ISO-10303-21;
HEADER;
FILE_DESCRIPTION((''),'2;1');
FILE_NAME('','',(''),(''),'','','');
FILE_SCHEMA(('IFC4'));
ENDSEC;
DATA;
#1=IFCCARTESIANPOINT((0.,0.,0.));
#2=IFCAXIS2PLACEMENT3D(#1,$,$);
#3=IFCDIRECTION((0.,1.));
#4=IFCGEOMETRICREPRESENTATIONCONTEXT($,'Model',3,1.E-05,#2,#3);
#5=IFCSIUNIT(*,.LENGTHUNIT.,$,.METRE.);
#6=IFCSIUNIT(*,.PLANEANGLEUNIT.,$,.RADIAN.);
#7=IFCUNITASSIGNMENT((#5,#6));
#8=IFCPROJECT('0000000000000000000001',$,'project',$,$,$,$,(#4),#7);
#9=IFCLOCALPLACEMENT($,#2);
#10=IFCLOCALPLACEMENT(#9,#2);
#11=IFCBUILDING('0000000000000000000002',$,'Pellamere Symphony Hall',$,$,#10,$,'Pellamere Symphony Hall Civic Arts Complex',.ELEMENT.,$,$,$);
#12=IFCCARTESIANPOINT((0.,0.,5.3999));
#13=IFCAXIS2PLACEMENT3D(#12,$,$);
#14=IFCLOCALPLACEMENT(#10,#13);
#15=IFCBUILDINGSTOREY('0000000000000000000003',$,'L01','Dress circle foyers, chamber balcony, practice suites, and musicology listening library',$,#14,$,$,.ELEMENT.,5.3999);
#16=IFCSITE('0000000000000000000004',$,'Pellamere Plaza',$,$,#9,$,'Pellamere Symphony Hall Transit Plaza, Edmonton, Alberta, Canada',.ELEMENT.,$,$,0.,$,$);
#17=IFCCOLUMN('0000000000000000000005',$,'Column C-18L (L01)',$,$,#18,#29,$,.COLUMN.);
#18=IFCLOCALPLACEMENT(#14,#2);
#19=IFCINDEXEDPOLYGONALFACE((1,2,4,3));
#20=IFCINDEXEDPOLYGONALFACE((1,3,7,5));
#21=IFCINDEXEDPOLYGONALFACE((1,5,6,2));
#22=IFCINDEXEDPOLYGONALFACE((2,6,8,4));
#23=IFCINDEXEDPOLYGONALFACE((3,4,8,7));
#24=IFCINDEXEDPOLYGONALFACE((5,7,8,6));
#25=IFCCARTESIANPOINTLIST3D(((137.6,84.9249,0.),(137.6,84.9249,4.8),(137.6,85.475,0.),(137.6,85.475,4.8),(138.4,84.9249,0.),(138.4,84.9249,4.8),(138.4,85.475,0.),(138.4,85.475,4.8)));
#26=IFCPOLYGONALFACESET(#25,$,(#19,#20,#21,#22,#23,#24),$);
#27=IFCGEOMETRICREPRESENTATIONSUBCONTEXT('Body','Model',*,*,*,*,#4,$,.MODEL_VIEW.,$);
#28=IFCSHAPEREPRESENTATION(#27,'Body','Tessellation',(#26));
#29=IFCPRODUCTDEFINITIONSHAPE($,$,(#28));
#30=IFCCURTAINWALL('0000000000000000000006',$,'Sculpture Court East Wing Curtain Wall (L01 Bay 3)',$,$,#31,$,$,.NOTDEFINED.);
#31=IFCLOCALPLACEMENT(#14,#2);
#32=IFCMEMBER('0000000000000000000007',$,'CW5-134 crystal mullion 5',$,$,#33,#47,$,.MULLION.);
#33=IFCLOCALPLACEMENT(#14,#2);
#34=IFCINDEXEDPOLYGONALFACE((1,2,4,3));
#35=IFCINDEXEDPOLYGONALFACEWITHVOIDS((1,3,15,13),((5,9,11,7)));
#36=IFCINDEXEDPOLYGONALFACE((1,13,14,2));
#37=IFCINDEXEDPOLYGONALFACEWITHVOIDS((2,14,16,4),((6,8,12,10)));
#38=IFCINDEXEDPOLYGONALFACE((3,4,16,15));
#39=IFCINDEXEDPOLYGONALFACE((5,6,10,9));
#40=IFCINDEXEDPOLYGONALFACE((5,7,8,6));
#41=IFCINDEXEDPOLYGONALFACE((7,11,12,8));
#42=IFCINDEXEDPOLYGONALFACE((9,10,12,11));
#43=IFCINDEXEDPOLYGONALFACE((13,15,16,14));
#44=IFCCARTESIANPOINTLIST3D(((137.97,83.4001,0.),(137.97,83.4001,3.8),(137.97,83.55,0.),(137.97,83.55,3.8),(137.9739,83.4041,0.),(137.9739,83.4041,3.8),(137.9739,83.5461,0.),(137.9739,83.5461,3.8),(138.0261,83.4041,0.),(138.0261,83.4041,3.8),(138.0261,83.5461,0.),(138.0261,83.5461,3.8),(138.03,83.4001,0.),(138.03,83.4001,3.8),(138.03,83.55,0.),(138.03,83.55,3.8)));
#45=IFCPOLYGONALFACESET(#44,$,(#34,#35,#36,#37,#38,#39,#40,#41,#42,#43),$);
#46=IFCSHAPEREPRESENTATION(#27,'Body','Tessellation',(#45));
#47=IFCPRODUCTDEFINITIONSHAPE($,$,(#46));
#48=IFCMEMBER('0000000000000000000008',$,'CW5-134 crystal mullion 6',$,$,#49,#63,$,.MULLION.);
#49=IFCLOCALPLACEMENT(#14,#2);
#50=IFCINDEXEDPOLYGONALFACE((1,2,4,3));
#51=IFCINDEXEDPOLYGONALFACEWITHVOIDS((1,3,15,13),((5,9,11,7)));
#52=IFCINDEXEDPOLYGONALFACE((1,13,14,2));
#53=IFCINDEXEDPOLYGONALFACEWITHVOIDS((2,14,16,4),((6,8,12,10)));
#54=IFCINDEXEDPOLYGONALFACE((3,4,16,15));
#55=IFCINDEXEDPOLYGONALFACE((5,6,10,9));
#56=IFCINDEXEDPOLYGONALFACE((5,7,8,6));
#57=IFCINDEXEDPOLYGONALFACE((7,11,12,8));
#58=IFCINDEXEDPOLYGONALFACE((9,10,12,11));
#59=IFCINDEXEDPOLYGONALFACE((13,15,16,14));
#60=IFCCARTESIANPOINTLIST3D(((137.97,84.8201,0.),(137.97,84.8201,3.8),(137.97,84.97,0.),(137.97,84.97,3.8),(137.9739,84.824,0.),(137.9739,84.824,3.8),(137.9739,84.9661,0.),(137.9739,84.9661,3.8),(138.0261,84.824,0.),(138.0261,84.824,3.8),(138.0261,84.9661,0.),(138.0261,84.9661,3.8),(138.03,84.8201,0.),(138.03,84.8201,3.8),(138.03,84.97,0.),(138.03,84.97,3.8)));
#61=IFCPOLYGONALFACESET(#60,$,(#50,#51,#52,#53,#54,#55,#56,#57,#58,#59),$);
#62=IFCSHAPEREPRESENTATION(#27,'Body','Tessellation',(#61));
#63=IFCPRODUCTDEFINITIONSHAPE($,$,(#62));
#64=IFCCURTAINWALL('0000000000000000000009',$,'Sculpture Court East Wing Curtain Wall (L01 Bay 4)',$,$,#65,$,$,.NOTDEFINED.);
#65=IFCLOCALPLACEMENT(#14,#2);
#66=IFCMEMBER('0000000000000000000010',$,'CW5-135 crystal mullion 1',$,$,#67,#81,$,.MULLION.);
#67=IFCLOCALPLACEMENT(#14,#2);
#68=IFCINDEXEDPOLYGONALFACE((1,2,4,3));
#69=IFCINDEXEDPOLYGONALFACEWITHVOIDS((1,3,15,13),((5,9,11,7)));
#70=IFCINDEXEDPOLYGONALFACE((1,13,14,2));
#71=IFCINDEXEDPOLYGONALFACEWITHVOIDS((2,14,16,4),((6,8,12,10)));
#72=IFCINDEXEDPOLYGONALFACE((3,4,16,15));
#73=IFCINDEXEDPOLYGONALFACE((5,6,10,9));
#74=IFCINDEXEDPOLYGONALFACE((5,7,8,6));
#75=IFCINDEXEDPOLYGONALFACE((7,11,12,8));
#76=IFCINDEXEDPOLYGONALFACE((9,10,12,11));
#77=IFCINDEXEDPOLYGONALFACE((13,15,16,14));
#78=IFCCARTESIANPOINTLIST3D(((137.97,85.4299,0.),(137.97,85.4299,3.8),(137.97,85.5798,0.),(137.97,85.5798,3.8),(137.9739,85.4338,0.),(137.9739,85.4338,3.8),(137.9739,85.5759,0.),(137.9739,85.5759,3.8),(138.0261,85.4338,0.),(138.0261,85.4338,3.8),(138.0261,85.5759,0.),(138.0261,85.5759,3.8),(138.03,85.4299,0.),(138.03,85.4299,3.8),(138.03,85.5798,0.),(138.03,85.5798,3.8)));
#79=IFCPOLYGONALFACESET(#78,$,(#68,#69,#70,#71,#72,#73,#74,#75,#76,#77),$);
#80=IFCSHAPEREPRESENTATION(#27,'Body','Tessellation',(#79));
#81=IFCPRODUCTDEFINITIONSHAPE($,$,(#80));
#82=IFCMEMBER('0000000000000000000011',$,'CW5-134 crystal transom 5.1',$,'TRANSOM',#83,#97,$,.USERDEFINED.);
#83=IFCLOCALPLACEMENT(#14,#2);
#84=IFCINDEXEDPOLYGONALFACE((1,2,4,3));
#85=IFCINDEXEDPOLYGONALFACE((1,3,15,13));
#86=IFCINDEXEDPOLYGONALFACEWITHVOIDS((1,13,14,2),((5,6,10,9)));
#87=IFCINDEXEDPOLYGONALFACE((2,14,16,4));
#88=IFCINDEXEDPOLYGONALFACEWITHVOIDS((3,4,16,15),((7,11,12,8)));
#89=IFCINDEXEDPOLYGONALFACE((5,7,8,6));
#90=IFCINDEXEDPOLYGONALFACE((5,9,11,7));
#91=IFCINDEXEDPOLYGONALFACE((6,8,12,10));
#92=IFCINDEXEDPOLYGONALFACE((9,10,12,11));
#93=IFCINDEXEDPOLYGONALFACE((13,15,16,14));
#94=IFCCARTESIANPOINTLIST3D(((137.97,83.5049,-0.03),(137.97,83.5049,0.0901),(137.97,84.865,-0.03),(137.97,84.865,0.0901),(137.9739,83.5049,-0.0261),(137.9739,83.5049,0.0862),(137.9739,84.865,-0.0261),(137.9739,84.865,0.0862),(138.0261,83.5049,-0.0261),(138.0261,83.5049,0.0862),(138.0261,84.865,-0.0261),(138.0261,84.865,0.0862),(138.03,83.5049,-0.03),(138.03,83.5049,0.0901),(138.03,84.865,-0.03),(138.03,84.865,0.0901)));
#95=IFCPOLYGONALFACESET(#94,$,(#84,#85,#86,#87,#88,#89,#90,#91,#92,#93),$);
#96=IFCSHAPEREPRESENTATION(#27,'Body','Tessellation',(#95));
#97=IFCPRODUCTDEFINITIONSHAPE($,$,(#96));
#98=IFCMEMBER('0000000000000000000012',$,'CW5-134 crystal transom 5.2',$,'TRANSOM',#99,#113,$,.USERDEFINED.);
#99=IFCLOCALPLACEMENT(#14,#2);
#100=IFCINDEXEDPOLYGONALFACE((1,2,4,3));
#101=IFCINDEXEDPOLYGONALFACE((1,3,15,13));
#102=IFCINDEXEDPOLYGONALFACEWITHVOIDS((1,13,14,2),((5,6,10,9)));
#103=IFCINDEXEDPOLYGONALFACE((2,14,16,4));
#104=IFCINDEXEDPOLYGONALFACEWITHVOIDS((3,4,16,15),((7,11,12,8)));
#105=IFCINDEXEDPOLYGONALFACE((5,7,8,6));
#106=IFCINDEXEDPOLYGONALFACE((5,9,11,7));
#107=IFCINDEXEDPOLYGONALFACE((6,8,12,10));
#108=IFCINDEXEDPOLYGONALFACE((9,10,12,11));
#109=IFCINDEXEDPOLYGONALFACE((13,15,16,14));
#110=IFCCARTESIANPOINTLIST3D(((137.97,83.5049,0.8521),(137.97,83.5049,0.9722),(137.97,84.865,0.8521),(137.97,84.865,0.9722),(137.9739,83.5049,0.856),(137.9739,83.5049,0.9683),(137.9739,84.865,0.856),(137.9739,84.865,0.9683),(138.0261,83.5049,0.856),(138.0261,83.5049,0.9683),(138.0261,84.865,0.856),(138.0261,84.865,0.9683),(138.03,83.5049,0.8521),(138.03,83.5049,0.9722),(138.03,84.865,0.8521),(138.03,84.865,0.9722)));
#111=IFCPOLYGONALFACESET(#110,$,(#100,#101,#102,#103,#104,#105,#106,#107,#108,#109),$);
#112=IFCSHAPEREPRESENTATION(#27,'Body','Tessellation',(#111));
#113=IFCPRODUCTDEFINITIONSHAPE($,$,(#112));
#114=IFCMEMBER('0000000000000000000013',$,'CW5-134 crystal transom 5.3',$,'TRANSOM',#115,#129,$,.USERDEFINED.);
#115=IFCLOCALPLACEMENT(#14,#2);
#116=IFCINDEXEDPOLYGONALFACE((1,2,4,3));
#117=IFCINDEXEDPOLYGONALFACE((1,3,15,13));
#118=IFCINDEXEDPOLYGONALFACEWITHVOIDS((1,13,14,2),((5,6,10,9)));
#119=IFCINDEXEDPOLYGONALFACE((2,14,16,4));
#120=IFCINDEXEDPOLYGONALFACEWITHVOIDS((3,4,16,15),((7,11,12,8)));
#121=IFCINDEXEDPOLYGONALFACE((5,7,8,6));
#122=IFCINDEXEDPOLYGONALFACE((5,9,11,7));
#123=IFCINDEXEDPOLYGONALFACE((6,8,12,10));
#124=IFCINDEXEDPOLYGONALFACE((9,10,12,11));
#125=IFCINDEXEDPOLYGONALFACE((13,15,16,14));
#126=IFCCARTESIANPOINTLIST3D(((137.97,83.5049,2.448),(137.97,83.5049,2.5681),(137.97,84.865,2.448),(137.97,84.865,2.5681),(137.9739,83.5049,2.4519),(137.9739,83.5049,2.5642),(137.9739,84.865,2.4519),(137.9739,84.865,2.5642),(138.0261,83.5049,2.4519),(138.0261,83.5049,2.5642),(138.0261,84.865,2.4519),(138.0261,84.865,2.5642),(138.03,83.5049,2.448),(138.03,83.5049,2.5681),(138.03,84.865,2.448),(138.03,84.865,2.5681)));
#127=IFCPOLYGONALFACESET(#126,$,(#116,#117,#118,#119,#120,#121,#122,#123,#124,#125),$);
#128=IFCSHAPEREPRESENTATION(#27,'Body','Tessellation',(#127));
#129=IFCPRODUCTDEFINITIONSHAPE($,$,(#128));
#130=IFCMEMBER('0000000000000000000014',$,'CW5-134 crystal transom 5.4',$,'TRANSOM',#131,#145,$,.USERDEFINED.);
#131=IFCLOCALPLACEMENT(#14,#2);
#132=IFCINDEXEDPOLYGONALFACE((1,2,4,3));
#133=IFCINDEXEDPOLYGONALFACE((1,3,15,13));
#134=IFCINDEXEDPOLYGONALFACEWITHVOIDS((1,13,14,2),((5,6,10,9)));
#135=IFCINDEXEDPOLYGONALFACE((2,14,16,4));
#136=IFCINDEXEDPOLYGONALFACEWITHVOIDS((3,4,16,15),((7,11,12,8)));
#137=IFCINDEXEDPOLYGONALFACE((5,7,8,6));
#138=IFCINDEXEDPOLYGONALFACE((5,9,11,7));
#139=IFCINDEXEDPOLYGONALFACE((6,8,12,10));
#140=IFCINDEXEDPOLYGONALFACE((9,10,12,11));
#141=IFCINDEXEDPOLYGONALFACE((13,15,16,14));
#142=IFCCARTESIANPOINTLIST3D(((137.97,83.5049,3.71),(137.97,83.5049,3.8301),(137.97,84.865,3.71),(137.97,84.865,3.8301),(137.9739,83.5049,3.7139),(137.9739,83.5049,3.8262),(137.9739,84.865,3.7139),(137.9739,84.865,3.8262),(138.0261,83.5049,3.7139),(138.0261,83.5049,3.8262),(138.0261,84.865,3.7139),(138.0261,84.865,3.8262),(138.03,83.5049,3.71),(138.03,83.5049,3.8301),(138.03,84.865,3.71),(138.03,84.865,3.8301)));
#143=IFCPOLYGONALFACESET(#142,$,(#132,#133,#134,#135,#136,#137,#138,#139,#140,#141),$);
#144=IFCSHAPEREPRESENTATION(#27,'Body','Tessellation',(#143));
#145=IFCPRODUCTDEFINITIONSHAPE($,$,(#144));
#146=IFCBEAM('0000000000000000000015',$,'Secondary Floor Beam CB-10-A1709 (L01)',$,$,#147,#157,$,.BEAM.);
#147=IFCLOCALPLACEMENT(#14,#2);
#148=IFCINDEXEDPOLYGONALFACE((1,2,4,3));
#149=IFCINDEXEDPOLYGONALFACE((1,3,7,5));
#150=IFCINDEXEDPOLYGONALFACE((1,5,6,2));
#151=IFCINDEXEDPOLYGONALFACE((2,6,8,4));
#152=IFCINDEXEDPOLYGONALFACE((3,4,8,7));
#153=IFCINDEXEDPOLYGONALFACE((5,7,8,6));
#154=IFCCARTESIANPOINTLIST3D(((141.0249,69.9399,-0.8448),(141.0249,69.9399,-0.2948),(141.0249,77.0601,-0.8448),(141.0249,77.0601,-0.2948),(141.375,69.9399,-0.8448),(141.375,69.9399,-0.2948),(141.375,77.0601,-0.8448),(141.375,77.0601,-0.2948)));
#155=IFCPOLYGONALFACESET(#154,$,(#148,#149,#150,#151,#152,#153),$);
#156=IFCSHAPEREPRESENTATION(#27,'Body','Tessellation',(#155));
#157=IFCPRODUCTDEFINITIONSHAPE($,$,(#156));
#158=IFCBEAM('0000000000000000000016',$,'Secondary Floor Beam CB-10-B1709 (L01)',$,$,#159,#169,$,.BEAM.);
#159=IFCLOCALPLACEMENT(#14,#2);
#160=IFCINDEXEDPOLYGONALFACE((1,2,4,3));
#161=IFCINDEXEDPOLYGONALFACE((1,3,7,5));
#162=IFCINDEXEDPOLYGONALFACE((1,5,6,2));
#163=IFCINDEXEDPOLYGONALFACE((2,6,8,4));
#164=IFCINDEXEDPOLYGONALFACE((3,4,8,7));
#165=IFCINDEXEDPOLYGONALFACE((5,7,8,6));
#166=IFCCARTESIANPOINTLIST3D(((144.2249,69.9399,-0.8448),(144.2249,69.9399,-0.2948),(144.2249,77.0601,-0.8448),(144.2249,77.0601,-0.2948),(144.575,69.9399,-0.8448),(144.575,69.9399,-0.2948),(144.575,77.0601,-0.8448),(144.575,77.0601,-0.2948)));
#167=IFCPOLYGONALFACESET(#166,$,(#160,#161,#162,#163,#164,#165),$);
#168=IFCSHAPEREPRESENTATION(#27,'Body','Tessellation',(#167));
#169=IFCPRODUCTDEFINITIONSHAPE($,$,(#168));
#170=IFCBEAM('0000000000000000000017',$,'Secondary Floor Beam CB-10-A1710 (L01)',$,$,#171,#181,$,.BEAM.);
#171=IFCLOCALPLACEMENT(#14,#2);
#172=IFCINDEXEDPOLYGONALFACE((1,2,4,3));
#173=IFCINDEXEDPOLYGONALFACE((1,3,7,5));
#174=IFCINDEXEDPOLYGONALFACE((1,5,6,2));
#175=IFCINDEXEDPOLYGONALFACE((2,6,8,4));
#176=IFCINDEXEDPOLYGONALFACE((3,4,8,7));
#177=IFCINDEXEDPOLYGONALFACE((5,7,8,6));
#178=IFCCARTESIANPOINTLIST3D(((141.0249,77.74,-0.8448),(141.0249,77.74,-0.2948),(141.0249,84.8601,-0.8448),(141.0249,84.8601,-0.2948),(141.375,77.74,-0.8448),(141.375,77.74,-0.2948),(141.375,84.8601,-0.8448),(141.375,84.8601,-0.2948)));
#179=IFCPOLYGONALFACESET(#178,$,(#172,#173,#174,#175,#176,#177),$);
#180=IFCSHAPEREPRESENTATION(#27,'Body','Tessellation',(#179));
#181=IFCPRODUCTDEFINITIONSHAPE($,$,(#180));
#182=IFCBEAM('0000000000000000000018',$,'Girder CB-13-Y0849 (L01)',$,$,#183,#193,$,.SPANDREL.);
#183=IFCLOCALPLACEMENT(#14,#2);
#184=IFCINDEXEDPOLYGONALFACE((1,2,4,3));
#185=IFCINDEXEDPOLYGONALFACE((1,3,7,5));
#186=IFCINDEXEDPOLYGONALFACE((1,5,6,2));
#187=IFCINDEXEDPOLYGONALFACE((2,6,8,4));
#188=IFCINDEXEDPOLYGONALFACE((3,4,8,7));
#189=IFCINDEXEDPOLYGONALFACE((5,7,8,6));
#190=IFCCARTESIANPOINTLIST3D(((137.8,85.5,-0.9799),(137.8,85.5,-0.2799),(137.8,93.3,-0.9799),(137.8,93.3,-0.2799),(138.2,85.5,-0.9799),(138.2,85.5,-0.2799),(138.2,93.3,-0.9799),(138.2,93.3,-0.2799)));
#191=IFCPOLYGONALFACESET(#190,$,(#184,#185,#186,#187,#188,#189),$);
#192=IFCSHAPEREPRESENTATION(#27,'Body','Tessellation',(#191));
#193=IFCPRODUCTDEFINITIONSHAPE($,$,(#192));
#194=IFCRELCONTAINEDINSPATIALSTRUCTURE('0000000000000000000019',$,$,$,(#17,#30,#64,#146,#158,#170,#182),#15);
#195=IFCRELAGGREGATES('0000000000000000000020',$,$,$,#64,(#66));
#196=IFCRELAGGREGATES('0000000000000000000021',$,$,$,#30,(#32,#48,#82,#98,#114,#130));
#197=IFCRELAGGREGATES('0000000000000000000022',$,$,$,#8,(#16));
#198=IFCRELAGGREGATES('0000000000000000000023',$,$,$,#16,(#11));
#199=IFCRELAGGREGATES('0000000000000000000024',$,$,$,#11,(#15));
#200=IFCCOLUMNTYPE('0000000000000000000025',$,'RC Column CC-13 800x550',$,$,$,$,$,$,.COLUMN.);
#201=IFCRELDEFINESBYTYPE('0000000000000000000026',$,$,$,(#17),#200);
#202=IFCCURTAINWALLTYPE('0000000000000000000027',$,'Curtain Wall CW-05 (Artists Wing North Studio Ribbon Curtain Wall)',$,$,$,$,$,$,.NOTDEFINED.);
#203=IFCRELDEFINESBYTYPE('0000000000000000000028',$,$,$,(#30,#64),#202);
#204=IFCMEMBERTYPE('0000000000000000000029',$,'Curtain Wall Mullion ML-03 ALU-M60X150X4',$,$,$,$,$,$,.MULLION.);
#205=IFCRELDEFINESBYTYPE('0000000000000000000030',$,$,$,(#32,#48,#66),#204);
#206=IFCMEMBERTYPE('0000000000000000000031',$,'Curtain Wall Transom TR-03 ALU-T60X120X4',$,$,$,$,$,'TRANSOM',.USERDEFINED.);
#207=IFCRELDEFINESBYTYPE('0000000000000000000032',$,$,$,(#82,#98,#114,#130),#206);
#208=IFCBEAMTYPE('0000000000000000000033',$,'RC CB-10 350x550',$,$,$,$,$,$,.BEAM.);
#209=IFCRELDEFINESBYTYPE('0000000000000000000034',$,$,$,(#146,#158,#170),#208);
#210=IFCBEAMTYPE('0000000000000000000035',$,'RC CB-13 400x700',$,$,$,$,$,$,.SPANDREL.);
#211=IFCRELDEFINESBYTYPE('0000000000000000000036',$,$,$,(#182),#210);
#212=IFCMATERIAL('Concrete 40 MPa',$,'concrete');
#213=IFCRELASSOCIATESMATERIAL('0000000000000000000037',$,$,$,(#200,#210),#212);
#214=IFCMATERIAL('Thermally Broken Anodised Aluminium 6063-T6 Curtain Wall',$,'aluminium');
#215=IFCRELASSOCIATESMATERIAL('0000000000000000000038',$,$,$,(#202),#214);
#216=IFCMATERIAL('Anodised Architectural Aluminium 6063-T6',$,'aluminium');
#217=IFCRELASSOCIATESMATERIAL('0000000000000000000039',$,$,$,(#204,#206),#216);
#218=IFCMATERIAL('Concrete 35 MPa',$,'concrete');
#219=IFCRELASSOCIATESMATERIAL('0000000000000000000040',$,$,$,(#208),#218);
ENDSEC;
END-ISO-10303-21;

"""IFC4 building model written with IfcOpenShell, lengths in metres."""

from ifc_helpers import new_model, si_unit, direction, frame, origin, origin_2d, place, context, subcontext, project, spatial, rectangle, hollow_rectangle, extrude, material, material_profile, profile_set, type_object, element, aggregate, save


model = new_model("IFC4")

# Units and contexts
model_context = context("Model", 3, precision=1e-05, world=origin(), true_north=direction((0.0, 1.0)))
body_context = subcontext(model_context, "Body", "Model", "MODEL_VIEW")
ifc_project = project(units=[si_unit("LENGTHUNIT", "METRE"), si_unit("PLANEANGLEUNIT", "RADIAN")], contexts=[model_context])

# Site, building, storey
site_placement = place(None, origin())
site = spatial("IfcSite", under=ifc_project, at=site_placement, Name="Pellamere Plaza", LongName="Pellamere Symphony Hall Transit Plaza, Edmonton, Alberta, Canada", CompositionType="ELEMENT", RefElevation=0.0)
building_placement = place(site_placement, origin())
building = spatial("IfcBuilding", under=site, at=building_placement, Name="Pellamere Symphony Hall", LongName="Pellamere Symphony Hall Civic Arts Complex", CompositionType="ELEMENT")
storey_placement = place(building_placement, frame((0.0, 0.0, 5.3999)))
storey = spatial("IfcBuildingStorey", under=building, at=storey_placement, Name="L01", Description="Dress circle foyers, chamber balcony, practice suites, and musicology listening library", CompositionType="ELEMENT", Elevation=5.3999)

# Column
ifc_material_1 = material(Name="Concrete 40 MPa", Category="concrete")
ifc_material_profile_1 = material_profile(ifc_material_1, rectangle(XDim=0.8, YDim=0.55, at=origin_2d()), Name="RC 800x550")
ifc_profile_set_1 = profile_set([ifc_material_profile_1], Name="Concrete 40 MPa")
column_type = type_object("IfcColumnType", Name="RC Column CC-13 800x550", PredefinedType="COLUMN", material=ifc_profile_set_1)
column_placement = place(storey_placement, frame((138.0, 85.2, 0.0), z_axis=(0.0, 0.0, 1.0), x_axis=(1.0, 0.0, 0.0)))
element("IfcColumn", 1, at=column_placement, inside=storey, type_object=column_type, Name="Column C-18L (L01)", PredefinedType="COLUMN", context=body_context, shape_type="SweptSolid", body=[
    extrude(rectangle(XDim=0.8, YDim=0.55, at=origin_2d()), origin(), (0.0, 0.0, 1.0), 4.8),
])

# Curtain wall, members
ifc_material_2 = material(Name="Thermally Broken Anodised Aluminium 6063-T6 Curtain Wall", Category="aluminium")
curtain_wall_type = type_object("IfcCurtainWallType", Name="Curtain Wall CW-05 (Artists Wing North Studio Ribbon Curtain Wall)", PredefinedType="NOTDEFINED", material=ifc_material_2)
curtain_wall_1_placement = place(storey_placement, origin())
curtain_wall_1 = element("IfcCurtainWall", 2, at=curtain_wall_1_placement, inside=storey, type_object=curtain_wall_type, Name="Sculpture Court East Wing Curtain Wall (L01 Bay 3)", PredefinedType="NOTDEFINED")
ifc_material_3 = material(Name="Anodised Architectural Aluminium 6063-T6", Category="aluminium")
ifc_material_profile_2 = material_profile(ifc_material_3, hollow_rectangle(XDim=0.0601, YDim=0.1499, WallThickness=0.0039, at=origin_2d()), Name="ALU-M60X150X4")
ifc_profile_set_2 = profile_set([ifc_material_profile_2], Name="Anodised Architectural Aluminium 6063-T6")
member_type_1 = type_object("IfcMemberType", Name="Curtain Wall Mullion ML-03 ALU-M60X150X4", PredefinedType="MULLION", material=ifc_profile_set_2)
member_1_placement = place(storey_placement, frame((138.0, 83.4751, 0.0), z_axis=(0.0, 0.0, 1.0), x_axis=(-1.0, 0.0, 0.0)))
member_1 = element("IfcMember", 3, at=member_1_placement, type_object=member_type_1, Name="CW5-134 crystal mullion 5", PredefinedType="MULLION", context=body_context, shape_type="SweptSolid", body=[
    extrude(hollow_rectangle(XDim=0.0601, YDim=0.1499, WallThickness=0.0039, at=origin_2d()), origin(), (0.0, 0.0, 1.0), 3.8),
])
member_2_placement = place(storey_placement, frame((138.0, 84.895, 0.0), z_axis=(0.0, 0.0, 1.0), x_axis=(-1.0, 0.0, 0.0)))
member_2 = element("IfcMember", 4, at=member_2_placement, type_object=member_type_1, Name="CW5-134 crystal mullion 6", PredefinedType="MULLION", context=body_context, shape_type="SweptSolid", body=[
    extrude(hollow_rectangle(XDim=0.0601, YDim=0.1499, WallThickness=0.0039, at=origin_2d()), origin(), (0.0, 0.0, 1.0), 3.8),
])

# Curtain wall, member
curtain_wall_2_placement = place(storey_placement, origin())
curtain_wall_2 = element("IfcCurtainWall", 5, at=curtain_wall_2_placement, inside=storey, type_object=curtain_wall_type, Name="Sculpture Court East Wing Curtain Wall (L01 Bay 4)", PredefinedType="NOTDEFINED")
member_3_placement = place(storey_placement, frame((138.0, 85.5049, 0.0), z_axis=(0.0, 0.0, 1.0), x_axis=(-1.0, 0.0, 0.0)))
member_3 = element("IfcMember", 6, at=member_3_placement, type_object=member_type_1, Name="CW5-135 crystal mullion 1", PredefinedType="MULLION", context=body_context, shape_type="SweptSolid", body=[
    extrude(hollow_rectangle(XDim=0.0601, YDim=0.1499, WallThickness=0.0039, at=origin_2d()), origin(), (0.0, 0.0, 1.0), 3.8),
])
aggregate(curtain_wall_2, [member_3])

# Members
ifc_material_profile_3 = material_profile(ifc_material_3, hollow_rectangle(XDim=0.0601, YDim=0.1201, WallThickness=0.0039, at=origin_2d()), Name="ALU-T60X120X4")
ifc_profile_set_3 = profile_set([ifc_material_profile_3], Name="Anodised Architectural Aluminium 6063-T6")
member_type_2 = type_object("IfcMemberType", Name="Curtain Wall Transom TR-03 ALU-T60X120X4", ElementType="TRANSOM", PredefinedType="USERDEFINED", material=ifc_profile_set_3)
member_4_placement = place(storey_placement, frame((138.0, 83.5049, 0.03), z_axis=(0.0, 1.0, 0.0), x_axis=(-1.0, 0.0, 0.0)))
member_4 = element("IfcMember", 7, at=member_4_placement, type_object=member_type_2, Name="CW5-134 crystal transom 5.1", ObjectType="TRANSOM", PredefinedType="USERDEFINED", context=body_context, shape_type="SweptSolid", body=[
    extrude(hollow_rectangle(XDim=0.0601, YDim=0.1201, WallThickness=0.0039, at=origin_2d()), origin(), (0.0, 0.0, 1.0), 1.3601),
])
member_5_placement = place(storey_placement, frame((138.0, 83.5049, 0.9121), z_axis=(0.0, 1.0, 0.0), x_axis=(-1.0, 0.0, 0.0)))
member_5 = element("IfcMember", 8, at=member_5_placement, type_object=member_type_2, Name="CW5-134 crystal transom 5.2", ObjectType="TRANSOM", PredefinedType="USERDEFINED", context=body_context, shape_type="SweptSolid", body=[
    extrude(hollow_rectangle(XDim=0.0601, YDim=0.1201, WallThickness=0.0039, at=origin_2d()), origin(), (0.0, 0.0, 1.0), 1.3601),
])
member_6_placement = place(storey_placement, frame((138.0, 83.5049, 2.5081), z_axis=(0.0, 1.0, 0.0), x_axis=(-1.0, 0.0, 0.0)))
member_6 = element("IfcMember", 9, at=member_6_placement, type_object=member_type_2, Name="CW5-134 crystal transom 5.3", ObjectType="TRANSOM", PredefinedType="USERDEFINED", context=body_context, shape_type="SweptSolid", body=[
    extrude(hollow_rectangle(XDim=0.0601, YDim=0.1201, WallThickness=0.0039, at=origin_2d()), origin(), (0.0, 0.0, 1.0), 1.3601),
])
member_7_placement = place(storey_placement, frame((138.0, 83.5049, 3.77), z_axis=(0.0, 1.0, 0.0), x_axis=(-1.0, 0.0, 0.0)))
member_7 = element("IfcMember", 10, at=member_7_placement, type_object=member_type_2, Name="CW5-134 crystal transom 5.4", ObjectType="TRANSOM", PredefinedType="USERDEFINED", context=body_context, shape_type="SweptSolid", body=[
    extrude(hollow_rectangle(XDim=0.0601, YDim=0.1201, WallThickness=0.0039, at=origin_2d()), origin(), (0.0, 0.0, 1.0), 1.3601),
])

# Beams
ifc_material_4 = material(Name="Concrete 35 MPa", Category="concrete")
ifc_material_profile_4 = material_profile(ifc_material_4, rectangle(XDim=0.3501, YDim=0.55, at=origin_2d()), Name="RC 350x550")
ifc_profile_set_4 = profile_set([ifc_material_profile_4], Name="Concrete 35 MPa")
beam_type_1 = type_object("IfcBeamType", Name="RC CB-10 350x550", PredefinedType="BEAM", material=ifc_profile_set_4)
for number, where, z_axis, x_axis, name in (
    (11, (141.2, 69.9399, -0.5698), (0.0, 1.0, 0.0), (-1.0, 0.0, 0.0), "Secondary Floor Beam CB-10-A1709 (L01)"),
    (12, (144.3999, 69.9399, -0.5698), (0.0, 1.0, 0.0), (-1.0, 0.0, 0.0), "Secondary Floor Beam CB-10-B1709 (L01)"),
    (13, (141.2, 77.74, -0.5698), (0.0, 1.0, 0.0), (-1.0, 0.0, 0.0), "Secondary Floor Beam CB-10-A1710 (L01)"),
):
    element("IfcBeam", number, at=place(storey_placement, frame(where, z_axis=z_axis, x_axis=x_axis)), inside=storey, type_object=beam_type_1, Name=name, PredefinedType="BEAM", context=body_context, shape_type="SweptSolid", body=[
        extrude(rectangle(XDim=0.3501, YDim=0.55, at=origin_2d()), origin(), (0.0, 0.0, 1.0), 7.1201),
    ])
ifc_material_profile_5 = material_profile(ifc_material_1, rectangle(XDim=0.3999, YDim=0.7, at=origin_2d()), Name="RC 400x700")
ifc_profile_set_5 = profile_set([ifc_material_profile_5], Name="Concrete 40 MPa")
beam_type_2 = type_object("IfcBeamType", Name="RC CB-13 400x700", PredefinedType="SPANDREL", material=ifc_profile_set_5)
beam_placement = place(storey_placement, frame((138.0, 85.5, -0.6299), z_axis=(0.0, 1.0, 0.0), x_axis=(-1.0, 0.0, 0.0)))
element("IfcBeam", 14, at=beam_placement, inside=storey, type_object=beam_type_2, Name="Girder CB-13-Y0849 (L01)", PredefinedType="SPANDREL", context=body_context, shape_type="SweptSolid", body=[
    extrude(rectangle(XDim=0.3999, YDim=0.7, at=origin_2d()), origin(), (0.0, 0.0, 1.0), 7.8),
])

aggregate(curtain_wall_1, [member_1, member_2, member_4, member_5, member_6, member_7])

save(model, "model.ifc")
